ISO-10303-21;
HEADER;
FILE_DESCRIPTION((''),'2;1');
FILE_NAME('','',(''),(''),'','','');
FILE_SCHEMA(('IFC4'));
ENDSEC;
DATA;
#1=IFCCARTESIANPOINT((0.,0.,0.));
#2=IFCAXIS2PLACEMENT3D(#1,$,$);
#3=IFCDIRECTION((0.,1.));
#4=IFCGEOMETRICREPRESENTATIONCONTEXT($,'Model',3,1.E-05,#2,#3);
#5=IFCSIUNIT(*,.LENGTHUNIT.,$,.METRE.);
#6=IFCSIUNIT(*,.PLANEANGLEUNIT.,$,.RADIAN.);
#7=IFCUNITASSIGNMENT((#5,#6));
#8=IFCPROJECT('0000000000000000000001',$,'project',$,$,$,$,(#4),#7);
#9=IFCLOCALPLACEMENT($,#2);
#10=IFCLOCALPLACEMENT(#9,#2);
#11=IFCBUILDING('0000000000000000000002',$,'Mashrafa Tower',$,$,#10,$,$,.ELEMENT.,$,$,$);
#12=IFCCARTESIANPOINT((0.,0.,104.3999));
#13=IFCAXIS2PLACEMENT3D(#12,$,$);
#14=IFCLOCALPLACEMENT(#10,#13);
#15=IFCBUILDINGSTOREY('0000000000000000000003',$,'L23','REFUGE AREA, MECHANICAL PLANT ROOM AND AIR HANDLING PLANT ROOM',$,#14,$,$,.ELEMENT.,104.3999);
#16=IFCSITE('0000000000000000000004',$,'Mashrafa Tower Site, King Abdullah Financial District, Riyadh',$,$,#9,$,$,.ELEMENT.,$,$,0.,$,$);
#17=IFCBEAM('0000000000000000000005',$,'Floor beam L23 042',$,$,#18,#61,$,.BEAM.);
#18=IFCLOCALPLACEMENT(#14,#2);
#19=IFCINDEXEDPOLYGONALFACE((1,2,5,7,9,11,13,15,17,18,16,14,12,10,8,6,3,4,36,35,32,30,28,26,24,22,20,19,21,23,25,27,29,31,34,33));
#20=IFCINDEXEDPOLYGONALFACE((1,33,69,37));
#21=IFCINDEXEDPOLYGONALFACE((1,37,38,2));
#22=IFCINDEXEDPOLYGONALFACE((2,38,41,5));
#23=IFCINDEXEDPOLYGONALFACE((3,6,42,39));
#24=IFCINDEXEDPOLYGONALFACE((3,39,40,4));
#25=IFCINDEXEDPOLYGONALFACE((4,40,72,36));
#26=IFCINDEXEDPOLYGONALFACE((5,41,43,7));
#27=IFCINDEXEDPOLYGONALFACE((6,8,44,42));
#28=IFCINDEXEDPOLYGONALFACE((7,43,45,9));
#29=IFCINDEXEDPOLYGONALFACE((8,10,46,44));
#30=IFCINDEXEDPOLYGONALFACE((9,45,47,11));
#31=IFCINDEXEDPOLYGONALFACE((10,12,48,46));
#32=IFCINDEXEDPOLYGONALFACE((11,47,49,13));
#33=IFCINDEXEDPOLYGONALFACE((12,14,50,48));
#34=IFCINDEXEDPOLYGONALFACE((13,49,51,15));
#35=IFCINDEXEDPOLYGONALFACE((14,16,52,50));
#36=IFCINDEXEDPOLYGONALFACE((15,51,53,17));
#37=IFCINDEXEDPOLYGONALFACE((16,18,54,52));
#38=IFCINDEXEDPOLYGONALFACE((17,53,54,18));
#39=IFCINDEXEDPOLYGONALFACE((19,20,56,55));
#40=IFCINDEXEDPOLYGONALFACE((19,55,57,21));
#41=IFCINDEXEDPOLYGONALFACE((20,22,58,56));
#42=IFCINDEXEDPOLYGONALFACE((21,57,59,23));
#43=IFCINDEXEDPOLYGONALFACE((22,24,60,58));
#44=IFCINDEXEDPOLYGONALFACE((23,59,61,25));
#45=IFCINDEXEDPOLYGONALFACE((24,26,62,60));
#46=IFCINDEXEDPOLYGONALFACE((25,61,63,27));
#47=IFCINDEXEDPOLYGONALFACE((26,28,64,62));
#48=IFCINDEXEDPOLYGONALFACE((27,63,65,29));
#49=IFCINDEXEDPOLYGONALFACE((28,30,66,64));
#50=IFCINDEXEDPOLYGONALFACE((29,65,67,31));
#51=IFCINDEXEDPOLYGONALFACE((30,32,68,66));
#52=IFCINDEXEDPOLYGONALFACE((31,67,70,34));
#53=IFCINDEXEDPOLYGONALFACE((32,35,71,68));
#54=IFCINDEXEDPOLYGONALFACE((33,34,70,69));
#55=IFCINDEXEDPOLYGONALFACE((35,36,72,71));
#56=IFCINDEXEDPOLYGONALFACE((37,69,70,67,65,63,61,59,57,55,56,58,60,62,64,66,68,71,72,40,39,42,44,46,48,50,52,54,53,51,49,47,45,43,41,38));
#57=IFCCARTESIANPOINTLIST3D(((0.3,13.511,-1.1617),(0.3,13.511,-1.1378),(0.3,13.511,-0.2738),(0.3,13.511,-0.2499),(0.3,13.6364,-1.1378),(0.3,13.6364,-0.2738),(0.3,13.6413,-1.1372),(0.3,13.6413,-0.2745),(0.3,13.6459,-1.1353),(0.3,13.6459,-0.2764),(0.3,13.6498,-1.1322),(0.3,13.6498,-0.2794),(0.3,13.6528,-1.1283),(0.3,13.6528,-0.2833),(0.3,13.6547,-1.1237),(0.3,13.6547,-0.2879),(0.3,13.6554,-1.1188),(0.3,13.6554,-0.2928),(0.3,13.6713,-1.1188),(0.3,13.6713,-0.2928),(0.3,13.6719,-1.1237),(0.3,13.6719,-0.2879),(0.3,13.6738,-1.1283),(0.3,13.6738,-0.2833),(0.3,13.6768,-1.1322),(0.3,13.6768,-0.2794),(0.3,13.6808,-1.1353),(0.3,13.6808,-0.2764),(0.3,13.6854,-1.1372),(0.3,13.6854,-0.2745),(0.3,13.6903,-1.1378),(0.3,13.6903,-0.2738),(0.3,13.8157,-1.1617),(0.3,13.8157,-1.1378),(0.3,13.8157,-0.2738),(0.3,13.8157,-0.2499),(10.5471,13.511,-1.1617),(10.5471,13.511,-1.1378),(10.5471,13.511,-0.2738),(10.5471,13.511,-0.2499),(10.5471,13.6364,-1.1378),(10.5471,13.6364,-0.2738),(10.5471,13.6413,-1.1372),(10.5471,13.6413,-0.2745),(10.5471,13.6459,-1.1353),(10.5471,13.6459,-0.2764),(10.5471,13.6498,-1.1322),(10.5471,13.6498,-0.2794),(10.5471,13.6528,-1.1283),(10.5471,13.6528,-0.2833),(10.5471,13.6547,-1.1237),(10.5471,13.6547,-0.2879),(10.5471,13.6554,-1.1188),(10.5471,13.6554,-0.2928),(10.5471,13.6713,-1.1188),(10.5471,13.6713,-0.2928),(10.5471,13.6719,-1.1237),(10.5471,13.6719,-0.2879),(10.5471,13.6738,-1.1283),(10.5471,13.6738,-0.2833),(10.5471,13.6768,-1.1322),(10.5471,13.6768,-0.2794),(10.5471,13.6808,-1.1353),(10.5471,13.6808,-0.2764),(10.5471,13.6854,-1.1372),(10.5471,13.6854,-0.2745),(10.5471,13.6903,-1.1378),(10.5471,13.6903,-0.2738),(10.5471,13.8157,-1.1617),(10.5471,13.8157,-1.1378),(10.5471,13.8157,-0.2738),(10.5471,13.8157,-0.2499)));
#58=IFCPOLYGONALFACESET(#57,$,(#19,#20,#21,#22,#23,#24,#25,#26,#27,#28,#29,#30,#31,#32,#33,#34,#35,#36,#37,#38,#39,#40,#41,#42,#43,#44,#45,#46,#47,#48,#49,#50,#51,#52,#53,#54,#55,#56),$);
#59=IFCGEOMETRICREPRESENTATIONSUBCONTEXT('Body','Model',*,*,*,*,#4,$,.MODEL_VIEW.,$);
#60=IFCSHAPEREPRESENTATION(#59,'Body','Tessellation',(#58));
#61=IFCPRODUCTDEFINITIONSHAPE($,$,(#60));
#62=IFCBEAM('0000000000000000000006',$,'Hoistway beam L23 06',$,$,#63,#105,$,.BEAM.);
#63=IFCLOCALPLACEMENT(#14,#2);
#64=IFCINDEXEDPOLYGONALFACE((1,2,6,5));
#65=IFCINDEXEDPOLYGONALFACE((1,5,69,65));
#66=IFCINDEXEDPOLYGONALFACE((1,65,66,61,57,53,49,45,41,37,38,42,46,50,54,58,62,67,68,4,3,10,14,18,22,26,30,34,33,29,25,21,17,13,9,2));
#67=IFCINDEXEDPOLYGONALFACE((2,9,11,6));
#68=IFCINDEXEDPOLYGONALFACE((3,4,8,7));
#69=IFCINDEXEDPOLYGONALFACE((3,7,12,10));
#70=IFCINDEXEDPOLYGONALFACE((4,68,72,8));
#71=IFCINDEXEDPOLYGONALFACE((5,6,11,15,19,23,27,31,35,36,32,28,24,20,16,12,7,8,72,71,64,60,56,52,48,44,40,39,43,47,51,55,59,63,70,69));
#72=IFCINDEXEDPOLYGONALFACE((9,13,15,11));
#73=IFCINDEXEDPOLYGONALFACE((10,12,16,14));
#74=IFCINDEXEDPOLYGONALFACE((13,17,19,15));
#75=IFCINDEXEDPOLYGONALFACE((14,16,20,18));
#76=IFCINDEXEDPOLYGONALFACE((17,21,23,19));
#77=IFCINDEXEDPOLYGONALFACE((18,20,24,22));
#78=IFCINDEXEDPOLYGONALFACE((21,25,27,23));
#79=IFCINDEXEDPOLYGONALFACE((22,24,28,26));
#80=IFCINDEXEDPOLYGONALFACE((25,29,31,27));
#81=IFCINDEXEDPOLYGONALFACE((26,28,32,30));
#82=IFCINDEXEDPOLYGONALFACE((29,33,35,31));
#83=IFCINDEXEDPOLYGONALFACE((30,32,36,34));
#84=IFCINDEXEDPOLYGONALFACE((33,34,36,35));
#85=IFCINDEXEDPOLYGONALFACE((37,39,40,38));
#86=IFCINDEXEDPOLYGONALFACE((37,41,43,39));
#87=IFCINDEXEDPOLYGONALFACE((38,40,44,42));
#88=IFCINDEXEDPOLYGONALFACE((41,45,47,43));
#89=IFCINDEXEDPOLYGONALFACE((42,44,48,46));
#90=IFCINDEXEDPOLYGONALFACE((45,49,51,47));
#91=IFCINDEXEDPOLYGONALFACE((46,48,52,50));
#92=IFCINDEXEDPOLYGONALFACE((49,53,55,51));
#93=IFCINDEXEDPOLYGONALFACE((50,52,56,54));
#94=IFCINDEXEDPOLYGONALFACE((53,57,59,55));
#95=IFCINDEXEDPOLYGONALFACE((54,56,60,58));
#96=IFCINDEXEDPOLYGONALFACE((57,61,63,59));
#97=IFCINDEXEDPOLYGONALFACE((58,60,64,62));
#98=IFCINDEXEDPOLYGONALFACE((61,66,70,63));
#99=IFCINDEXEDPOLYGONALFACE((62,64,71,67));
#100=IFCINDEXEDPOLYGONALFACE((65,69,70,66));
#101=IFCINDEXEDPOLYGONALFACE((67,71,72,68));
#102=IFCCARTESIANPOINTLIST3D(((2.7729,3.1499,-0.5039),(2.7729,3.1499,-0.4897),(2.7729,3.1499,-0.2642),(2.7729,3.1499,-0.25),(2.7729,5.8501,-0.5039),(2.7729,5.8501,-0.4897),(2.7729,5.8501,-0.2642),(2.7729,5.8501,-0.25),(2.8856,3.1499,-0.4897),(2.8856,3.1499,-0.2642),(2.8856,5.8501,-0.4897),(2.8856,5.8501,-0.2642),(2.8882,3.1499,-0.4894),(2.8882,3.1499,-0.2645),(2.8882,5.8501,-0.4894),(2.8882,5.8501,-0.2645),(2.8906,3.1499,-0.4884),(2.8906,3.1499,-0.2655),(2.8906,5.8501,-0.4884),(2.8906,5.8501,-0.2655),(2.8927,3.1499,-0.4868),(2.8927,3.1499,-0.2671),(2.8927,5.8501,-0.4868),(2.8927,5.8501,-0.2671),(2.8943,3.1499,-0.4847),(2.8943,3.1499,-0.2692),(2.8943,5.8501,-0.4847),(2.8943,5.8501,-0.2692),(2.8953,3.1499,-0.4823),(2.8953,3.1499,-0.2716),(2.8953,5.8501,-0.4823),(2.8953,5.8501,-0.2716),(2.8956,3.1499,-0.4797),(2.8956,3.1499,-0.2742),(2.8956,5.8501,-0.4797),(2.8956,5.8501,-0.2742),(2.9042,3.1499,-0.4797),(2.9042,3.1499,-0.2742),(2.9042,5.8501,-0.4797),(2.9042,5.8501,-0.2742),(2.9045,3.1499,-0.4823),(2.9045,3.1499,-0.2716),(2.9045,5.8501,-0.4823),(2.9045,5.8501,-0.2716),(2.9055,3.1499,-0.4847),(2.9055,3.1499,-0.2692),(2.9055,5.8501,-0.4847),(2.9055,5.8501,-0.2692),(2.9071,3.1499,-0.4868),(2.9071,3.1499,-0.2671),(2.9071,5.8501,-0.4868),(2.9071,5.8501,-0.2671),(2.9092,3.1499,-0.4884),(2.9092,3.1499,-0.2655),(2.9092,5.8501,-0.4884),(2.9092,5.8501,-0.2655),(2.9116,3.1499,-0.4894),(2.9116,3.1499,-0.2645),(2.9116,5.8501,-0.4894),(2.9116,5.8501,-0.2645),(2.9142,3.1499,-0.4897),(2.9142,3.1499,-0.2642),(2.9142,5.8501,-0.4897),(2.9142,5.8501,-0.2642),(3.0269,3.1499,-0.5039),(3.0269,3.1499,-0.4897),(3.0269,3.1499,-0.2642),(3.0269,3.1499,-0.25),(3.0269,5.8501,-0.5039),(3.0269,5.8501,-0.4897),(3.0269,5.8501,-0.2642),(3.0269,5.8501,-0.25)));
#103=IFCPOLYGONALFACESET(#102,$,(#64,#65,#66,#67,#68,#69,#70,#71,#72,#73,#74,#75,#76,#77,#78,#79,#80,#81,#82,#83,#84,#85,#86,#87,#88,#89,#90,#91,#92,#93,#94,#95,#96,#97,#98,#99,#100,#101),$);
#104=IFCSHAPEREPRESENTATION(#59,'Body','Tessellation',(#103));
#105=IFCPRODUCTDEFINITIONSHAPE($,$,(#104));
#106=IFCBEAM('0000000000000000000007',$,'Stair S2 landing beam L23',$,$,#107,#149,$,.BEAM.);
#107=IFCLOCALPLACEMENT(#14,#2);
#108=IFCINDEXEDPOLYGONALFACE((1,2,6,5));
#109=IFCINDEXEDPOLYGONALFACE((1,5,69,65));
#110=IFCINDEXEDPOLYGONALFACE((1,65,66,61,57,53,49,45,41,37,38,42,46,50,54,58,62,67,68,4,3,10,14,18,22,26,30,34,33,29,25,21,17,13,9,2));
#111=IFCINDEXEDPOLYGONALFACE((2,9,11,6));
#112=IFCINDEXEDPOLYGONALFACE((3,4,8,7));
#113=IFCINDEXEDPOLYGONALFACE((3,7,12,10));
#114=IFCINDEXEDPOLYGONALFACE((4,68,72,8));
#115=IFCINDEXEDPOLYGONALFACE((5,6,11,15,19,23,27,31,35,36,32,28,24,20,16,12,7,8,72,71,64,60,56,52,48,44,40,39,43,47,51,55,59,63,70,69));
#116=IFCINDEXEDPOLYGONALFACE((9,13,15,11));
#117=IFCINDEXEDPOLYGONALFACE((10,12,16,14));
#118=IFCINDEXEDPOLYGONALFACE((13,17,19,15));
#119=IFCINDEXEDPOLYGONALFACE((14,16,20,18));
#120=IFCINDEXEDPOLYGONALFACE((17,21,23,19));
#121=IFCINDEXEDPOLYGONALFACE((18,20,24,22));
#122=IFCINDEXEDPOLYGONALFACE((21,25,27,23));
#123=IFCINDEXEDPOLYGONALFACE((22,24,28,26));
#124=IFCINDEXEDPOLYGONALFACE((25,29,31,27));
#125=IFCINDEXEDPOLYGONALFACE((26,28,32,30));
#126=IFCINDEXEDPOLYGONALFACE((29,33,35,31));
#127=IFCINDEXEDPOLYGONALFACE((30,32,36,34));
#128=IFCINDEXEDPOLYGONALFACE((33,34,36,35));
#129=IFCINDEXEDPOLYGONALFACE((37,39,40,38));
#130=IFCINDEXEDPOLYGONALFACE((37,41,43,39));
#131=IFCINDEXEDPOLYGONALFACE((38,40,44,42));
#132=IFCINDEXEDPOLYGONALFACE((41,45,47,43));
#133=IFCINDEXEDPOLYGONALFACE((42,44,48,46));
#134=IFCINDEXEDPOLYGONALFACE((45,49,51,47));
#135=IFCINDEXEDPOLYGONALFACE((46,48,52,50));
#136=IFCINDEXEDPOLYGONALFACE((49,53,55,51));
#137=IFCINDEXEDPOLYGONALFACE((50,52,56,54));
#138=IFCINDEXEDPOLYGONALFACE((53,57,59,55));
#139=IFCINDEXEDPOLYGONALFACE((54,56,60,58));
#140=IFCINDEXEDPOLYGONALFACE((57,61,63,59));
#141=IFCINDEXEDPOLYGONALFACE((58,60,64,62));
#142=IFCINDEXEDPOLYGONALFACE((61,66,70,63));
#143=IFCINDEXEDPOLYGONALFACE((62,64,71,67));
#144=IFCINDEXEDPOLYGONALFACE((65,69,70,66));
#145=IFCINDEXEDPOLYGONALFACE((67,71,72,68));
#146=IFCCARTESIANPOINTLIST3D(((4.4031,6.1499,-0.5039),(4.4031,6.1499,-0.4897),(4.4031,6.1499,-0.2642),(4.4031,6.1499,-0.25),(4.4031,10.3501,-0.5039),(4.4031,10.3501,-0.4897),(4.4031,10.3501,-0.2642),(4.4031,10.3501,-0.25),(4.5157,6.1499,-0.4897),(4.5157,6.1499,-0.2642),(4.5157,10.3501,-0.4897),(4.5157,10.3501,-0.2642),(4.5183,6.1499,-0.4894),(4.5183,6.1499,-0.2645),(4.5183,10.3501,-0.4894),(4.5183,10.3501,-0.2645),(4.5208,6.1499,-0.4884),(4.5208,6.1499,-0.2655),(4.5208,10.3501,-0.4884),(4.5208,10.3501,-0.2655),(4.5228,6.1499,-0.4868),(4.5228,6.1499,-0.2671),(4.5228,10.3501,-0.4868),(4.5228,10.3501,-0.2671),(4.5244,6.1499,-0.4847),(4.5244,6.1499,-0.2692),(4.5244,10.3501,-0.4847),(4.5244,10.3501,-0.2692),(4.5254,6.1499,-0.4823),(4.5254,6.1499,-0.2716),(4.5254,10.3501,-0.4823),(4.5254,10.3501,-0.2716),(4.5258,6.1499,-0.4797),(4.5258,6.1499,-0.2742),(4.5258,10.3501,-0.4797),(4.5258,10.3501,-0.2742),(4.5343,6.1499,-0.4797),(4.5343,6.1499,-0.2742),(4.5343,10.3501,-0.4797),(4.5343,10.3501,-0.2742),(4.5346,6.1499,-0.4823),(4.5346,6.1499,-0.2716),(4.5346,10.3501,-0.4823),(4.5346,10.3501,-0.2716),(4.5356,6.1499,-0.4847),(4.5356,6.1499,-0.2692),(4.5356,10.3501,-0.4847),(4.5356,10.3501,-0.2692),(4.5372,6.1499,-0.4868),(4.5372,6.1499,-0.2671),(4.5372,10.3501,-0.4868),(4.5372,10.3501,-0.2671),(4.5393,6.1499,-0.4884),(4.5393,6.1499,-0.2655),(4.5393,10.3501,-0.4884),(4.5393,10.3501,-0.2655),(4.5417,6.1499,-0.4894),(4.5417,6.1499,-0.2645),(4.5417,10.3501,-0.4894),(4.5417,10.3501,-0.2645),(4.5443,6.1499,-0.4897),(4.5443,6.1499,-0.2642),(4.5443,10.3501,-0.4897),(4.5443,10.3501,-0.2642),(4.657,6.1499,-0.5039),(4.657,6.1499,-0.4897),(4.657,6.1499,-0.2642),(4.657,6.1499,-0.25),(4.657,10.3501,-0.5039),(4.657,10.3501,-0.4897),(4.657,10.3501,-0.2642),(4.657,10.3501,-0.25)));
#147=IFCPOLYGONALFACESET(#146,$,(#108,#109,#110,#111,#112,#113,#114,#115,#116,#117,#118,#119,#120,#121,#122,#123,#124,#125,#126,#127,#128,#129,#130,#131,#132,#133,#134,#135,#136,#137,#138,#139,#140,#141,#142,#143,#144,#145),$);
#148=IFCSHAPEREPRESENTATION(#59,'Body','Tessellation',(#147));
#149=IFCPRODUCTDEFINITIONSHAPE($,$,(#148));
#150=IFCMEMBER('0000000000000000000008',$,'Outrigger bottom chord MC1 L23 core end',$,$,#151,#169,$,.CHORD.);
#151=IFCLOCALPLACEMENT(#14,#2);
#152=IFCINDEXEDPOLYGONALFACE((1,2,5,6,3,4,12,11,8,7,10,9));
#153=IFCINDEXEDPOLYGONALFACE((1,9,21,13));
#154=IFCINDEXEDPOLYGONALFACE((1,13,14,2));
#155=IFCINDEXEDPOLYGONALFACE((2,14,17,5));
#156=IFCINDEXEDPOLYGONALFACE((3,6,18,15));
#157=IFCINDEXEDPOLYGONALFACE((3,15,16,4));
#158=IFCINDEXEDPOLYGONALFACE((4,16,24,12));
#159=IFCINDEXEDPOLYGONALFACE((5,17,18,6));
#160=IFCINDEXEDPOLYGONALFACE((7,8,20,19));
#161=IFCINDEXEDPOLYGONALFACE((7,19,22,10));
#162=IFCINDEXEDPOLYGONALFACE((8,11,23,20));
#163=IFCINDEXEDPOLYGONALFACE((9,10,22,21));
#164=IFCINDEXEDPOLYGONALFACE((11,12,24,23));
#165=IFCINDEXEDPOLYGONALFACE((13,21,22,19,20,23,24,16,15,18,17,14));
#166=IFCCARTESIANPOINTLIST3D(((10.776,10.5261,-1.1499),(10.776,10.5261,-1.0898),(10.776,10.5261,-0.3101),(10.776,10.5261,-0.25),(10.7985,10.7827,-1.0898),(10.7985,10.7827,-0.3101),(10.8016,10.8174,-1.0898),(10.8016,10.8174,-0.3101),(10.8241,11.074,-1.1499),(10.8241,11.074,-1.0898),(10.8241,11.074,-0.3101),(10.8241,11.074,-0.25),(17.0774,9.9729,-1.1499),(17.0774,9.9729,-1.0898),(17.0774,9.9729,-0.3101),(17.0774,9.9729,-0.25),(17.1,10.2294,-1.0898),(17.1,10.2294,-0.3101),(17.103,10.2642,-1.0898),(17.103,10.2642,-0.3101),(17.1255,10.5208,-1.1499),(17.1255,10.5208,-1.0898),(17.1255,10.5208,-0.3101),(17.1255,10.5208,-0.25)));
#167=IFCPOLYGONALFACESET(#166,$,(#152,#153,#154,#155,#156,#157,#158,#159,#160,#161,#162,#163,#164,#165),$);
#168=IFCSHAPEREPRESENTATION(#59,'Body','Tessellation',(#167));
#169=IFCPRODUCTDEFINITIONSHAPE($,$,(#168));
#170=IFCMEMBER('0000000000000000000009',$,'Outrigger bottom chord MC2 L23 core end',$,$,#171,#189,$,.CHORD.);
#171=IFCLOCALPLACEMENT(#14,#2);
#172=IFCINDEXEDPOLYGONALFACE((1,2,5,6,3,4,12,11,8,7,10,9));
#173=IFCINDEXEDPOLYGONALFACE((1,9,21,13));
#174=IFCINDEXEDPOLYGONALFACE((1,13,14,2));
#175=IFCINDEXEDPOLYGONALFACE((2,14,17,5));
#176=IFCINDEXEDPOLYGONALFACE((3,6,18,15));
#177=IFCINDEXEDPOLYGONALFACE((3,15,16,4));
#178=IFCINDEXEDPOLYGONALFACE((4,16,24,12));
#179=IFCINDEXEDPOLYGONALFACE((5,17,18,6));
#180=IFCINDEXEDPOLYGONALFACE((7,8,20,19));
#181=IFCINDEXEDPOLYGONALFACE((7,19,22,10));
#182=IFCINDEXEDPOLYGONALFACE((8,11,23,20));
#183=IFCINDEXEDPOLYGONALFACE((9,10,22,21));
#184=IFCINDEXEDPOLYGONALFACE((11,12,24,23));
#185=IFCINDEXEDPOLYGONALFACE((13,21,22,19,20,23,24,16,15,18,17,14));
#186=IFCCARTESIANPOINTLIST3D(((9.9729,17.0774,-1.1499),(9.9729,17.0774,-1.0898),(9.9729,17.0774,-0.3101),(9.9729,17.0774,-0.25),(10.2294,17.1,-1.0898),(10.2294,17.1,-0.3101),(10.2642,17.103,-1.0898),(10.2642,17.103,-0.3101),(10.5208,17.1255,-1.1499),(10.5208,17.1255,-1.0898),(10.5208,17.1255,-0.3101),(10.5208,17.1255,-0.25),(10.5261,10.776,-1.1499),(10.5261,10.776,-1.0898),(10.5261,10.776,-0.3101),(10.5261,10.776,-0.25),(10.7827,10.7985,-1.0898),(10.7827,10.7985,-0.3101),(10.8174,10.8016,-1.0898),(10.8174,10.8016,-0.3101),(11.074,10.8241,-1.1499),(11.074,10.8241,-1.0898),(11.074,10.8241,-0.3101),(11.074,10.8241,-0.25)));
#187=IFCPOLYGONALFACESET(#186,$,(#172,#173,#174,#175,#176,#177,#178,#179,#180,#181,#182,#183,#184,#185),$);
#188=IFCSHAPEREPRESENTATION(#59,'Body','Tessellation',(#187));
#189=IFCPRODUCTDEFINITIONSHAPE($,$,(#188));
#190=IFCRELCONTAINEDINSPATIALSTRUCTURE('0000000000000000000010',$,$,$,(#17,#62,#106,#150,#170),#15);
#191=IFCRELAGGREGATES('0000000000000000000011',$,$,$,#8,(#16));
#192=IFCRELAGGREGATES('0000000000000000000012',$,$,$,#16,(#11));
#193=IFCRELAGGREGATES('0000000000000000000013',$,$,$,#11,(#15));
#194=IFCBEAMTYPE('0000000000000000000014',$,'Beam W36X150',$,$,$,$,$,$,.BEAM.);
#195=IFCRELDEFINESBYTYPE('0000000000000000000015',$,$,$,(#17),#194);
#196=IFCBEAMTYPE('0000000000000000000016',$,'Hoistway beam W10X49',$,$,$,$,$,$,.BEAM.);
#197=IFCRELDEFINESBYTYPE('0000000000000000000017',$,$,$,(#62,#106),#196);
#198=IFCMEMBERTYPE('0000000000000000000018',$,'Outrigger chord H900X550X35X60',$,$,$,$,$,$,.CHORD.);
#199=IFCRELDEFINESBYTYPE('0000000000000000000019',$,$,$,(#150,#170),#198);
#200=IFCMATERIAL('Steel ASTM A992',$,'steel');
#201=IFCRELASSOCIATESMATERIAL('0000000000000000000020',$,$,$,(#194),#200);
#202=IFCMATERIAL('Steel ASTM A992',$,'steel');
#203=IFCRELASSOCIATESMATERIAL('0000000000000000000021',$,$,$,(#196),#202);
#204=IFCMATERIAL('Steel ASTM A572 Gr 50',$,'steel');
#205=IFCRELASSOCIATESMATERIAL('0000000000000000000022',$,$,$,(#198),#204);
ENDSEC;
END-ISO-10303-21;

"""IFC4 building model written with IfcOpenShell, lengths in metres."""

from ifc_helpers import new_model, si_unit, direction, frame, origin, origin_2d, place, context, subcontext, project, spatial, i_section, extrude, source, transform, mapped, material, material_profile, profile_set, type_object, type_shapes, element, save


model = new_model("IFC4")

# Units and contexts
model_context = context("Model", 3, precision=1e-05, world=origin(), true_north=direction((0.0, 1.0)))
body_context = subcontext(model_context, "Body", "Model", "MODEL_VIEW")
ifc_project = project(units=[si_unit("LENGTHUNIT", "METRE"), si_unit("PLANEANGLEUNIT", "RADIAN")], contexts=[model_context])

# Site, building, storey
site_placement = place(None, origin())
site = spatial("IfcSite", under=ifc_project, at=site_placement, Name="Mashrafa Tower Site, King Abdullah Financial District, Riyadh", CompositionType="ELEMENT", RefElevation=0.0)
building_placement = place(site_placement, origin())
building = spatial("IfcBuilding", under=site, at=building_placement, Name="Mashrafa Tower", CompositionType="ELEMENT")
storey_placement = place(building_placement, frame((0.0, 0.0, 104.3999)))
storey = spatial("IfcBuildingStorey", under=building, at=storey_placement, Name="L23", Description="REFUGE AREA, MECHANICAL PLANT ROOM AND AIR HANDLING PLANT ROOM", CompositionType="ELEMENT", Elevation=104.3999)

# Beams
ifc_material_1 = material(Name="Steel ASTM A992", Category="steel")
ifc_material_profile_1 = material_profile(ifc_material_1, i_section(OverallWidth=0.3047, OverallDepth=0.9119, WebThickness=0.0159, FlangeThickness=0.0239, FilletRadius=0.019, at=origin_2d()), Name="W36X150")
ifc_profile_set_1 = profile_set([ifc_material_profile_1], Name="Steel ASTM A992")
beam_type_1 = type_object("IfcBeamType", Name="Beam W36X150", PredefinedType="BEAM", material=ifc_profile_set_1)
beam_1_placement = place(storey_placement, frame((0.3, 13.6633, -0.7058), z_axis=(1.0, 0.0, 0.0), x_axis=(0.0, 1.0, 0.0)))
element("IfcBeam", 1, at=beam_1_placement, inside=storey, type_object=beam_type_1, Name="Floor beam L23 042", PredefinedType="BEAM", context=body_context, shape_type="SweptSolid", body=[
    extrude(i_section(OverallWidth=0.3047, OverallDepth=0.9119, WebThickness=0.0159, FlangeThickness=0.0239, FilletRadius=0.019, at=origin_2d()), origin(), (0.0, 0.0, 1.0), 10.2471),
])
ifc_material_2 = material(Name="Steel ASTM A992", Category="steel")
ifc_material_profile_2 = material_profile(ifc_material_2, i_section(OverallWidth=0.2539, OverallDepth=0.2539, WebThickness=0.0085, FlangeThickness=0.0142, FilletRadius=0.01, at=origin_2d()), Name="W10X49")
ifc_profile_set_2 = profile_set([ifc_material_profile_2], Name="Steel ASTM A992")
beam_type_2 = type_object("IfcBeamType", Name="Hoistway beam W10X49", PredefinedType="BEAM", material=ifc_profile_set_2)
beam_2_placement = place(storey_placement, frame((2.8999, 3.1499, -0.377), z_axis=(0.0, 1.0, 0.0), x_axis=(-1.0, 0.0, 0.0)))
element("IfcBeam", 2, at=beam_2_placement, inside=storey, type_object=beam_type_2, Name="Hoistway beam L23 06", PredefinedType="BEAM", context=body_context, shape_type="SweptSolid", body=[
    extrude(i_section(OverallWidth=0.2539, OverallDepth=0.2539, WebThickness=0.0085, FlangeThickness=0.0142, FilletRadius=0.01, at=origin_2d()), origin(), (0.0, 0.0, 1.0), 2.7002),
])
beam_3_placement = place(storey_placement, frame((4.53, 6.1499, -0.377), z_axis=(0.0, 1.0, 0.0), x_axis=(-1.0, 0.0, 0.0)))
element("IfcBeam", 3, at=beam_3_placement, inside=storey, type_object=beam_type_2, Name="Stair S2 landing beam L23", PredefinedType="BEAM", context=body_context, shape_type="SweptSolid", body=[
    extrude(i_section(OverallWidth=0.2539, OverallDepth=0.2539, WebThickness=0.0085, FlangeThickness=0.0142, FilletRadius=0.01, at=origin_2d()), origin(), (0.0, 0.0, 1.0), 4.2002),
])

# Members
ifc_material_3 = material(Name="Steel ASTM A572 Gr 50", Category="steel")
ifc_material_profile_3 = material_profile(ifc_material_3, i_section(OverallWidth=0.55, OverallDepth=0.8999, WebThickness=0.0349, FlangeThickness=0.0601, at=origin_2d()), Name="H900X550X35X60")
ifc_profile_set_3 = profile_set([ifc_material_profile_3], Name="Steel ASTM A572 Gr 50")
member_type_1 = type_object("IfcMemberType", Name="Outrigger chord H900X550X35X60", PredefinedType="CHORD", material=ifc_profile_set_3)
shared_shape_1 = source(origin(), body_context, "Body", "SweptSolid", [
    extrude(i_section(OverallWidth=0.55, OverallDepth=0.8999, WebThickness=0.0349, FlangeThickness=0.0601, at=origin_2d()), origin(), (0.0, 0.0, 1.0), 6.3257),
])
type_shapes(member_type_1, [shared_shape_1])
for number, where, z_axis, x_axis, name in (
    (4, (10.8, 10.8, -0.7), (0.996168, -0.087456, 0.0), (0.087456, 0.996168, 0.0), "Outrigger bottom chord MC1 L23 core end"),
    (5, (10.8, 10.8, -0.7), (-0.087456, 0.996168, 0.0), (-0.996168, -0.087456, 0.0), "Outrigger bottom chord MC2 L23 core end"),
):
    element("IfcMember", number, at=place(storey_placement, frame(where, z_axis=z_axis, x_axis=x_axis)), inside=storey, type_object=member_type_1, Name=name, PredefinedType="CHORD", context=body_context, shape_type="MappedRepresentation", body=[
        mapped(shared_shape_1, transform((0.0, 0.0, 0.0))),
    ])

save(model, "model.ifc")
